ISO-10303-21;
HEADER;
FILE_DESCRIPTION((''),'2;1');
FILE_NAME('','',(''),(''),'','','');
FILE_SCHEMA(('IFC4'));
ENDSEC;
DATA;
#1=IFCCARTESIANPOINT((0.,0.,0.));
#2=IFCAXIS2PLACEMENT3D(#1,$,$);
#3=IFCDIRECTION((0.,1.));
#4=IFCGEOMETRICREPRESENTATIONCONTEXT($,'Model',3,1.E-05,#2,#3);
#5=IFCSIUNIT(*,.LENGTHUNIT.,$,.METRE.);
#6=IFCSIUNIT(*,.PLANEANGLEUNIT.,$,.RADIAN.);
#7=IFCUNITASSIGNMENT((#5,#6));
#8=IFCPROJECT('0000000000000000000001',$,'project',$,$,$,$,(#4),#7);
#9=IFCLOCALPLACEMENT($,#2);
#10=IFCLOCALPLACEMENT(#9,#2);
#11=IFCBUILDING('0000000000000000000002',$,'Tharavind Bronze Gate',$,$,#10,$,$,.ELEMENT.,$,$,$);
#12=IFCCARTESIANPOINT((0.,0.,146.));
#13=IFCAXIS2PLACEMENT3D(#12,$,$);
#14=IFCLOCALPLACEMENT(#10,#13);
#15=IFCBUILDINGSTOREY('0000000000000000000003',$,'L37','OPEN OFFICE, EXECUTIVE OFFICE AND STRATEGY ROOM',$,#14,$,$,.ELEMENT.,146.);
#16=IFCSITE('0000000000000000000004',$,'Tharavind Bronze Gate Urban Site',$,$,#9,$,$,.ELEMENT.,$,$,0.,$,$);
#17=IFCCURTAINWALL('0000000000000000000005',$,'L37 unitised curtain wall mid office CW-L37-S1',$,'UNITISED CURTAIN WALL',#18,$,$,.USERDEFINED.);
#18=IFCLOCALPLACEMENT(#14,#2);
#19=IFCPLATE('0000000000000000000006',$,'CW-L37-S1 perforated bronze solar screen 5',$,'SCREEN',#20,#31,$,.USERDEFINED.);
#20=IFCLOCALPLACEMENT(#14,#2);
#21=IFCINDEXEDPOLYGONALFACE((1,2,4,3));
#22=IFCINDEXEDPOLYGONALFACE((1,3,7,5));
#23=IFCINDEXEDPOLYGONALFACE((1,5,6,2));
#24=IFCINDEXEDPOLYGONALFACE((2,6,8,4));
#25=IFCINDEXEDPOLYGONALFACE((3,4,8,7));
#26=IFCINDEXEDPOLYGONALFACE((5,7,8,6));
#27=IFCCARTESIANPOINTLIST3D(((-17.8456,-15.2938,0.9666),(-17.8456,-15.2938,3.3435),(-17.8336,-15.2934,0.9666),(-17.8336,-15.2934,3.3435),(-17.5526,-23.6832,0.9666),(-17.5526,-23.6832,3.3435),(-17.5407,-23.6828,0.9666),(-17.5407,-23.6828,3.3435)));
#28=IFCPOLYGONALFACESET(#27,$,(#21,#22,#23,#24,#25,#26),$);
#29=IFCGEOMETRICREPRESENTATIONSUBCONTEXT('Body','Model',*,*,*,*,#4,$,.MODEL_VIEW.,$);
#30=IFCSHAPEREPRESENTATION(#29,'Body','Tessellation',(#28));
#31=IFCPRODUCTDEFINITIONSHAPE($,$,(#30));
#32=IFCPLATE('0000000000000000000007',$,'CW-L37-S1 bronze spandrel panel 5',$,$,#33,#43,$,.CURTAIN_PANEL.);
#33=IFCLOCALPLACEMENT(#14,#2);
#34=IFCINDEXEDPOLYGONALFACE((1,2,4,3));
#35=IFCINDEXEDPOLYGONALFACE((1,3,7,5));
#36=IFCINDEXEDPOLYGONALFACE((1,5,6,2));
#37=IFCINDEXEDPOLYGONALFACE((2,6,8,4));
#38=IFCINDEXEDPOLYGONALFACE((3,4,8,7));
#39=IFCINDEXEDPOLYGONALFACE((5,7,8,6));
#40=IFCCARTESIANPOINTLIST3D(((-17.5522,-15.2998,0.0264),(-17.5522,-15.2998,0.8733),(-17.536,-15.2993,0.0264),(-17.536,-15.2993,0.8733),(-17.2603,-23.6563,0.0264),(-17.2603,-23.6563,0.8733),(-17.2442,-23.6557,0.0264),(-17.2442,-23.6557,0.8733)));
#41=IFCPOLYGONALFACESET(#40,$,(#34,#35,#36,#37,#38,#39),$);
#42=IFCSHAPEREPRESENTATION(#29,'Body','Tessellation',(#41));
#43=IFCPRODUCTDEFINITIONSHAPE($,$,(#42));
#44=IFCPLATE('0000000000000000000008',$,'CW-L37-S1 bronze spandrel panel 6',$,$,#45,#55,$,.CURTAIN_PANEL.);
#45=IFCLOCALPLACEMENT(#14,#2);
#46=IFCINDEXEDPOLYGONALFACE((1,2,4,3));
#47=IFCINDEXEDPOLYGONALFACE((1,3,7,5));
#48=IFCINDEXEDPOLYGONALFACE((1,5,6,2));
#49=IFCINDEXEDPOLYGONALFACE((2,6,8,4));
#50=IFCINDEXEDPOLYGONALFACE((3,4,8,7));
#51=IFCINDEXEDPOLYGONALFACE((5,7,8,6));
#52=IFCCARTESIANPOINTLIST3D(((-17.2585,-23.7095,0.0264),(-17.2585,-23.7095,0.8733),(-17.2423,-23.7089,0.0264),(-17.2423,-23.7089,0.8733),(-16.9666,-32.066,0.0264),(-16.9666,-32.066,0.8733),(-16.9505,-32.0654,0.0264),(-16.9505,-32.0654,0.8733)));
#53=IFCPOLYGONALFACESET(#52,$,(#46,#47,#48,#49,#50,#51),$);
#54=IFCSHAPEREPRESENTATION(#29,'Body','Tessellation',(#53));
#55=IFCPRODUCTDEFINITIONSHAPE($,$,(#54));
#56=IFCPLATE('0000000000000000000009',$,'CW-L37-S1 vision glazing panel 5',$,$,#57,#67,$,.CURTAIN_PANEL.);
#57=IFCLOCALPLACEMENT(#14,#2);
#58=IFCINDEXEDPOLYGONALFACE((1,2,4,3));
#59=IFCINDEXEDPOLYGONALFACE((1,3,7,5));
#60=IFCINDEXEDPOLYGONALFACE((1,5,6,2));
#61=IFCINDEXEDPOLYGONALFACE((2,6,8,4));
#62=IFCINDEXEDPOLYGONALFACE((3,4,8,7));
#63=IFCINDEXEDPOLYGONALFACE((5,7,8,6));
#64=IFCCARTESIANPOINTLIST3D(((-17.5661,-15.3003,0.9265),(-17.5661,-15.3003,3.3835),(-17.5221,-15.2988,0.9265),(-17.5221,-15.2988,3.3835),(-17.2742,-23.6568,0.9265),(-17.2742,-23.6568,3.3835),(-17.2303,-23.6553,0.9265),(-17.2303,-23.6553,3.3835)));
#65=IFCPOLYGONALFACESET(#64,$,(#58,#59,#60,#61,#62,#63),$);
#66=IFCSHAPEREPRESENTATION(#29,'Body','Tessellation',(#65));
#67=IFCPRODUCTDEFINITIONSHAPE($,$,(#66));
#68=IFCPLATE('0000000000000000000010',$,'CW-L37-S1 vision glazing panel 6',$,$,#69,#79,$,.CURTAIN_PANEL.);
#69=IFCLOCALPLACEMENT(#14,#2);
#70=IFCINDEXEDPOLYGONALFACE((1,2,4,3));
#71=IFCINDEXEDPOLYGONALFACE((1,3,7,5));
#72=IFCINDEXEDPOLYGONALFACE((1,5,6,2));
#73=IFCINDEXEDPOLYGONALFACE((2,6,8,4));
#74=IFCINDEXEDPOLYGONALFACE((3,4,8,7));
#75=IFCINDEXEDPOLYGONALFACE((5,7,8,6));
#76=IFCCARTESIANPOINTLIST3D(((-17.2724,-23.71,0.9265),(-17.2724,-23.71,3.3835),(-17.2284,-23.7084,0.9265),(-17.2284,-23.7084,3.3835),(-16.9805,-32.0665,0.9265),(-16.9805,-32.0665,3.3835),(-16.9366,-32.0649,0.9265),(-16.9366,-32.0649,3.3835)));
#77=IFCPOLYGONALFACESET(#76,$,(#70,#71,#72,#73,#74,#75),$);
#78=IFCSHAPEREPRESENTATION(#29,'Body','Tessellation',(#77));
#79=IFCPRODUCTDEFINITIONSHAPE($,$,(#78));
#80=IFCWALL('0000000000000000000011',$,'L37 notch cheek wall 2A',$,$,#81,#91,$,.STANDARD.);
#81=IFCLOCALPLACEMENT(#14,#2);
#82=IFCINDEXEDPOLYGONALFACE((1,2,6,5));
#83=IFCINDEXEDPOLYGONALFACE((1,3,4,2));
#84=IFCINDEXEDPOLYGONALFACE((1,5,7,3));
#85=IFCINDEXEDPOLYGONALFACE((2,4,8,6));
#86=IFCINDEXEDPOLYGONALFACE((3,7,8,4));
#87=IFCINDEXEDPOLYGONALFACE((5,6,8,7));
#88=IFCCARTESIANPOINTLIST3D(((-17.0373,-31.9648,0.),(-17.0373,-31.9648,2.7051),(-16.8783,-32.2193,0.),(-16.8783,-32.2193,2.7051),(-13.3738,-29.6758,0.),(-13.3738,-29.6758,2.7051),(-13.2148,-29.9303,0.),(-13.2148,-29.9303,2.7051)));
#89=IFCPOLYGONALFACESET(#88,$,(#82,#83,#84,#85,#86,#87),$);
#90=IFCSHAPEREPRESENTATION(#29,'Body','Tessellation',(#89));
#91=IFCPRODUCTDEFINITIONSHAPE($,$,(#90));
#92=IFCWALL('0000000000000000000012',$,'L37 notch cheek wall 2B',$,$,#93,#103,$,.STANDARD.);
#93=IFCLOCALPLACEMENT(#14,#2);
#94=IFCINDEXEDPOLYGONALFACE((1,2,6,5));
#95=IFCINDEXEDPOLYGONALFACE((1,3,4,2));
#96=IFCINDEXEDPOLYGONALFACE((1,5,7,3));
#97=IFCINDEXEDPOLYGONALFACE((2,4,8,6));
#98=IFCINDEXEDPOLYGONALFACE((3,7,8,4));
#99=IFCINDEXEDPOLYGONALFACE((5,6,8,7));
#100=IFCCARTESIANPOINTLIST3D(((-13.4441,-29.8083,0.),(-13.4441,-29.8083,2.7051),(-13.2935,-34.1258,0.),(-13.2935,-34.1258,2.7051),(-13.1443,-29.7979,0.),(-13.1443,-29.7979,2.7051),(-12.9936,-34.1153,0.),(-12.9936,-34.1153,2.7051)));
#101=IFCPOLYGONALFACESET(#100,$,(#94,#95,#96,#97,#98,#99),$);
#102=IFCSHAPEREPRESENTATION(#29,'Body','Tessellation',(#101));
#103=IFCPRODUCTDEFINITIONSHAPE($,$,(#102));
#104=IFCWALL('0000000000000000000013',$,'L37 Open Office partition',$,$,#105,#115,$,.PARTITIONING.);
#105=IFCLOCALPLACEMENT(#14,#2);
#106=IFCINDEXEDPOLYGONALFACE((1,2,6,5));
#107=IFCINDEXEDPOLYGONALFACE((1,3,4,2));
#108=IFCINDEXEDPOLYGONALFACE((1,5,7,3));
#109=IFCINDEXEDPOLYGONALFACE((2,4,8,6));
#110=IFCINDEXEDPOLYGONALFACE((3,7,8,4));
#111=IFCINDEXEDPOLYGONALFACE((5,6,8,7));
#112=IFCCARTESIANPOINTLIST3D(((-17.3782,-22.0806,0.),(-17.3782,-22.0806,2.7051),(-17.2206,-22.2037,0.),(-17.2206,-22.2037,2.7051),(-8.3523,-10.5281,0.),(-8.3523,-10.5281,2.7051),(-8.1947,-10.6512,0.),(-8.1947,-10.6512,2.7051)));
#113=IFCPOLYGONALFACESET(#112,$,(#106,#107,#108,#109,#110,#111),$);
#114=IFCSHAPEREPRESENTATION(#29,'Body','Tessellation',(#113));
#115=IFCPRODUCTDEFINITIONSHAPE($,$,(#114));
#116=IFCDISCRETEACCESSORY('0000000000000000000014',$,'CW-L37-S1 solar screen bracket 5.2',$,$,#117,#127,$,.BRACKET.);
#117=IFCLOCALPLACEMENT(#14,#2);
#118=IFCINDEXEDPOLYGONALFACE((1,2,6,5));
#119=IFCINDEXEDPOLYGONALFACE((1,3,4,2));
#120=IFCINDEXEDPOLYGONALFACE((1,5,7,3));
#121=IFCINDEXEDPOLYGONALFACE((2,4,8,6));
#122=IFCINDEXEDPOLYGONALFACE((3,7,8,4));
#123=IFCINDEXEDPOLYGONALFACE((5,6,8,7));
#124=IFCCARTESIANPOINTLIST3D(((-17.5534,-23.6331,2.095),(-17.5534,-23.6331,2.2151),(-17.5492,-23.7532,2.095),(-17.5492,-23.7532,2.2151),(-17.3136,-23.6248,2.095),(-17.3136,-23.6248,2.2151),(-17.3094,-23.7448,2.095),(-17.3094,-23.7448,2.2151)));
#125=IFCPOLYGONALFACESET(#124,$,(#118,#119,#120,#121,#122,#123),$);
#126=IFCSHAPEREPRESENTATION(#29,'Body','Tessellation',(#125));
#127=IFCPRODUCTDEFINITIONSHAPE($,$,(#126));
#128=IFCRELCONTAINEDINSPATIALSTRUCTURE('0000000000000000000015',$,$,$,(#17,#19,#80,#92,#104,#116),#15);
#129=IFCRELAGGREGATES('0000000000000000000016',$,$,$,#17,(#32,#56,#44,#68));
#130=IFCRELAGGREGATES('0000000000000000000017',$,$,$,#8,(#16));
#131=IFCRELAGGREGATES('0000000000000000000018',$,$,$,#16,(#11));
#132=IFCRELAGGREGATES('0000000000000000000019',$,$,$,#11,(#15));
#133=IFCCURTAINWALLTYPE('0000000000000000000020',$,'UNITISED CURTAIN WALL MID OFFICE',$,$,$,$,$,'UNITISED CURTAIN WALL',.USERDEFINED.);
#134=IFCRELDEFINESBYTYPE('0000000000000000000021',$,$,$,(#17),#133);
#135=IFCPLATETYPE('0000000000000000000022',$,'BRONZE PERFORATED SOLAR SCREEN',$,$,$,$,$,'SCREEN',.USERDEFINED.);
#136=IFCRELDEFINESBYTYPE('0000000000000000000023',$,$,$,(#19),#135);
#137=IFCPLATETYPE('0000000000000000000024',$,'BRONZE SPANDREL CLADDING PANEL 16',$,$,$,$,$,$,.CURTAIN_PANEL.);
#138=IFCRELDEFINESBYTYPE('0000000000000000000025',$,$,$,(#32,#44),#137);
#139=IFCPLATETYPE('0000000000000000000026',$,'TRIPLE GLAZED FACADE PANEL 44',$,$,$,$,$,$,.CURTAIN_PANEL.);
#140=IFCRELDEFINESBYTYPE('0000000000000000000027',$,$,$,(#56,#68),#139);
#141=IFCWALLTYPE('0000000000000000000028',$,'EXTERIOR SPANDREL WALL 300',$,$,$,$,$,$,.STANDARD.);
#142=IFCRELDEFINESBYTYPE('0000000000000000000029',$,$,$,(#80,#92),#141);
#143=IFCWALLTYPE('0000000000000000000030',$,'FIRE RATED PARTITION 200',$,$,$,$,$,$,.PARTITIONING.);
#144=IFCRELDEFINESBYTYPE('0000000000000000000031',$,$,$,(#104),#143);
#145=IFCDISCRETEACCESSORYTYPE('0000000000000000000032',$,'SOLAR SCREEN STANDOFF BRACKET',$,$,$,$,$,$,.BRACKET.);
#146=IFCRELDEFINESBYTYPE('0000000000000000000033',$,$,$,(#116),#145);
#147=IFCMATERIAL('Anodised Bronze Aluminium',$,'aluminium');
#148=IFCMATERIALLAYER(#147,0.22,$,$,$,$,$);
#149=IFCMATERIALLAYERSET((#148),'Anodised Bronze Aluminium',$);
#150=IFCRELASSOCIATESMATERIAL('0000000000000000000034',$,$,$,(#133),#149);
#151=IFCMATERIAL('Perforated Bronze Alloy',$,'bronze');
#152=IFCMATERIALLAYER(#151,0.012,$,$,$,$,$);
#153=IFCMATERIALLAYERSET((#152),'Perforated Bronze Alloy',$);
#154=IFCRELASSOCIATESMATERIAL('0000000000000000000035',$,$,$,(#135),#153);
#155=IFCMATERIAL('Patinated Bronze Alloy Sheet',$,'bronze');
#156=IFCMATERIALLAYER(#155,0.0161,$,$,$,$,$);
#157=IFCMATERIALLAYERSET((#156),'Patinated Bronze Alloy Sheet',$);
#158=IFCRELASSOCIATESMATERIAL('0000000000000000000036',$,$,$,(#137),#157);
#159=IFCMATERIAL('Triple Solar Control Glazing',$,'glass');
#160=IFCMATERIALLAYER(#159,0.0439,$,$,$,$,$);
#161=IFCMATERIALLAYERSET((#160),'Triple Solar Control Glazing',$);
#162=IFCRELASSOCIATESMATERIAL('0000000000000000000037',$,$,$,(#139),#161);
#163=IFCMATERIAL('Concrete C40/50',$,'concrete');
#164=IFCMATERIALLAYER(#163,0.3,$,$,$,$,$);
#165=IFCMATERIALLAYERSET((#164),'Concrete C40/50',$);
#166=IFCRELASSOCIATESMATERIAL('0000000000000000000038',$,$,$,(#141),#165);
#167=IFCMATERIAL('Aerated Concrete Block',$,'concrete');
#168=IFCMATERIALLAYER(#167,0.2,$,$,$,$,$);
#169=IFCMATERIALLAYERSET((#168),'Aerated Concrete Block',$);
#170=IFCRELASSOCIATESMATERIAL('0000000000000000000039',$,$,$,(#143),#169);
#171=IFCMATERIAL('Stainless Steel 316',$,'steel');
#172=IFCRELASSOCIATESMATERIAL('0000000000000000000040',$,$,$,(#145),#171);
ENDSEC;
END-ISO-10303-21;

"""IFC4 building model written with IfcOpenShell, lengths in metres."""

from ifc_helpers import new_model, si_unit, direction, frame, frame_2d, origin, origin_2d, place, context, subcontext, project, spatial, rectangle, extrude, material, layer, layer_set, type_object, element, aggregate, save


model = new_model("IFC4")

# Units and contexts
model_context = context("Model", 3, precision=1e-05, world=origin(), true_north=direction((0.0, 1.0)))
body_context = subcontext(model_context, "Body", "Model", "MODEL_VIEW")
ifc_project = project(units=[si_unit("LENGTHUNIT", "METRE"), si_unit("PLANEANGLEUNIT", "RADIAN")], contexts=[model_context])

# Site, building, storey
site_placement = place(None, origin())
site = spatial("IfcSite", under=ifc_project, at=site_placement, Name="Tharavind Bronze Gate Urban Site", CompositionType="ELEMENT", RefElevation=0.0)
building_placement = place(site_placement, origin())
building = spatial("IfcBuilding", under=site, at=building_placement, Name="Tharavind Bronze Gate", CompositionType="ELEMENT")
storey_placement = place(building_placement, frame((0.0, 0.0, 146.0)))
storey = spatial("IfcBuildingStorey", under=building, at=storey_placement, Name="L37", Description="OPEN OFFICE, EXECUTIVE OFFICE AND STRATEGY ROOM", CompositionType="ELEMENT", Elevation=146.0)

# Curtain wall
ifc_material_1 = material(Name="Anodised Bronze Aluminium", Category="aluminium")
ifc_layer_1 = layer(ifc_material_1, 0.22)
ifc_layer_set_1 = layer_set([ifc_layer_1], Name="Anodised Bronze Aluminium")
curtain_wall_type = type_object("IfcCurtainWallType", Name="UNITISED CURTAIN WALL MID OFFICE", ElementType="UNITISED CURTAIN WALL", PredefinedType="USERDEFINED", material=ifc_layer_set_1)
curtain_wall_1_placement = place(storey_placement, origin())
curtain_wall_1 = element("IfcCurtainWall", 1, at=curtain_wall_1_placement, inside=storey, type_object=curtain_wall_type, Name="L37 unitised curtain wall mid office CW-L37-S1", ObjectType="UNITISED CURTAIN WALL", PredefinedType="USERDEFINED")

# Plates
ifc_material_2 = material(Name="Perforated Bronze Alloy", Category="bronze")
ifc_layer_2 = layer(ifc_material_2, 0.012)
ifc_layer_set_2 = layer_set([ifc_layer_2], Name="Perforated Bronze Alloy")
plate_type_1 = type_object("IfcPlateType", Name="BRONZE PERFORATED SOLAR SCREEN", ElementType="SCREEN", PredefinedType="USERDEFINED", material=ifc_layer_set_2)
plate_1_placement = place(storey_placement, frame((-17.6931, -19.4883, 0.9666), z_axis=(0.0, 0.0, 1.0), x_axis=(0.034899, -0.999391, 0.0)))
element("IfcPlate", 2, at=plate_1_placement, inside=storey, type_object=plate_type_1, Name="CW-L37-S1 perforated bronze solar screen 5", ObjectType="SCREEN", PredefinedType="USERDEFINED", context=body_context, shape_type="SweptSolid", body=[
    extrude(rectangle(XDim=8.3945, YDim=0.012, at=origin_2d()), origin(), (0.0, 0.0, 1.0), 2.377),
])
ifc_material_3 = material(Name="Patinated Bronze Alloy Sheet", Category="bronze")
ifc_layer_3 = layer(ifc_material_3, 0.0161)
ifc_layer_set_3 = layer_set([ifc_layer_3], Name="Patinated Bronze Alloy Sheet")
plate_type_2 = type_object("IfcPlateType", Name="BRONZE SPANDREL CLADDING PANEL 16", PredefinedType="CURTAIN_PANEL", material=ifc_layer_set_3)
plate_2_placement = place(storey_placement, frame((-17.3982, -19.4778, 0.0264), z_axis=(0.0, 0.0, 1.0), x_axis=(0.034899, -0.999391, 0.0)))
plate_2 = element("IfcPlate", 3, at=plate_2_placement, type_object=plate_type_2, Name="CW-L37-S1 bronze spandrel panel 5", PredefinedType="CURTAIN_PANEL", context=body_context, shape_type="SweptSolid", body=[
    extrude(rectangle(XDim=8.3616, YDim=0.0161, at=origin_2d()), origin(), (0.0, 0.0, 1.0), 0.8469),
])
plate_3_placement = place(storey_placement, frame((-17.1045, -27.8875, 0.0264), z_axis=(0.0, 0.0, 1.0), x_axis=(0.034899, -0.999391, 0.0)))
plate_3 = element("IfcPlate", 4, at=plate_3_placement, type_object=plate_type_2, Name="CW-L37-S1 bronze spandrel panel 6", PredefinedType="CURTAIN_PANEL", context=body_context, shape_type="SweptSolid", body=[
    extrude(rectangle(XDim=8.3616, YDim=0.0161, at=origin_2d()), origin(), (0.0, 0.0, 1.0), 0.8469),
])
ifc_material_4 = material(Name="Triple Solar Control Glazing", Category="glass")
ifc_layer_4 = layer(ifc_material_4, 0.0439)
ifc_layer_set_4 = layer_set([ifc_layer_4], Name="Triple Solar Control Glazing")
plate_type_3 = type_object("IfcPlateType", Name="TRIPLE GLAZED FACADE PANEL 44", PredefinedType="CURTAIN_PANEL", material=ifc_layer_set_4)
plate_4_placement = place(storey_placement, frame((-17.3982, -19.4778, 0.9265), z_axis=(0.0, 0.0, 1.0), x_axis=(0.034899, -0.999391, 0.0)))
plate_4 = element("IfcPlate", 5, at=plate_4_placement, type_object=plate_type_3, Name="CW-L37-S1 vision glazing panel 5", PredefinedType="CURTAIN_PANEL", context=body_context, shape_type="SweptSolid", body=[
    extrude(rectangle(XDim=8.3616, YDim=0.0439, at=origin_2d()), origin(), (0.0, 0.0, 1.0), 2.457),
])
plate_5_placement = place(storey_placement, frame((-17.1045, -27.8875, 0.9265), z_axis=(0.0, 0.0, 1.0), x_axis=(0.034899, -0.999391, 0.0)))
plate_5 = element("IfcPlate", 6, at=plate_5_placement, type_object=plate_type_3, Name="CW-L37-S1 vision glazing panel 6", PredefinedType="CURTAIN_PANEL", context=body_context, shape_type="SweptSolid", body=[
    extrude(rectangle(XDim=8.3616, YDim=0.0439, at=origin_2d()), origin(), (0.0, 0.0, 1.0), 2.457),
])
aggregate(curtain_wall_1, [plate_2, plate_4, plate_3, plate_5])

# Walls
ifc_material_5 = material(Name="Concrete C40/50", Category="concrete")
ifc_layer_5 = layer(ifc_material_5, 0.3)
ifc_layer_set_5 = layer_set([ifc_layer_5], Name="Concrete C40/50")
wall_type_1 = type_object("IfcWallType", Name="EXTERIOR SPANDREL WALL 300", PredefinedType="STANDARD", material=ifc_layer_set_5)
wall_1_placement = place(storey_placement, frame((-16.9578, -32.092, 0.0), z_axis=(0.0, 0.0, 1.0), x_axis=(0.848068, 0.529887, 0.0)))
element("IfcWall", 7, at=wall_1_placement, inside=storey, type_object=wall_type_1, Name="L37 notch cheek wall 2A", PredefinedType="STANDARD", context=body_context, shape_type="SweptSolid", body=[
    extrude(rectangle(XDim=4.3198, YDim=0.3, at=frame_2d((2.1599, 0.0))), origin(), (0.0, 0.0, 1.0), 2.7051),
])
wall_2_placement = place(storey_placement, frame((-13.2942, -29.803, 0.0), z_axis=(0.0, 0.0, 1.0), x_axis=(0.034869, -0.999392, 0.0)))
element("IfcWall", 8, at=wall_2_placement, inside=storey, type_object=wall_type_1, Name="L37 notch cheek wall 2B", PredefinedType="STANDARD", context=body_context, shape_type="SweptSolid", body=[
    extrude(rectangle(XDim=4.3201, YDim=0.3, at=frame_2d((2.1602, 0.0))), origin(), (0.0, 0.0, 1.0), 2.7051),
])
ifc_material_6 = material(Name="Aerated Concrete Block", Category="concrete")
ifc_layer_6 = layer(ifc_material_6, 0.2)
ifc_layer_set_6 = layer_set([ifc_layer_6], Name="Aerated Concrete Block")
wall_type_2 = type_object("IfcWallType", Name="FIRE RATED PARTITION 200", PredefinedType="PARTITIONING", material=ifc_layer_set_6)
wall_3_placement = place(storey_placement, frame((-17.2993, -22.1421, 0.0), z_axis=(0.0, 0.0, 1.0), x_axis=(0.615665, 0.788008, 0.0)))
element("IfcWall", 9, at=wall_3_placement, inside=storey, type_object=wall_type_2, Name="L37 Open Office partition", PredefinedType="PARTITIONING", context=body_context, shape_type="SweptSolid", body=[
    extrude(rectangle(XDim=14.6604, YDim=0.2, at=frame_2d((7.3301, 0.0))), origin(), (0.0, 0.0, 1.0), 2.7051),
])

# Discrete accessory
ifc_material_7 = material(Name="Stainless Steel 316", Category="steel")
discrete_accessory_type = type_object("IfcDiscreteAccessoryType", Name="SOLAR SCREEN STANDOFF BRACKET", PredefinedType="BRACKET", material=ifc_material_7)
discrete_accessory_placement = place(storey_placement, frame((-17.4314, -23.689, 2.095), z_axis=(0.0, 0.0, 1.0), x_axis=(0.034899, -0.999391, 0.0)))
element("IfcDiscreteAccessory", 10, at=discrete_accessory_placement, inside=storey, type_object=discrete_accessory_type, Name="CW-L37-S1 solar screen bracket 5.2", PredefinedType="BRACKET", context=body_context, shape_type="SweptSolid", body=[
    extrude(rectangle(XDim=0.1201, YDim=0.24, at=origin_2d()), origin(), (0.0, 0.0, 1.0), 0.1201),
])

save(model, "model.ifc")
